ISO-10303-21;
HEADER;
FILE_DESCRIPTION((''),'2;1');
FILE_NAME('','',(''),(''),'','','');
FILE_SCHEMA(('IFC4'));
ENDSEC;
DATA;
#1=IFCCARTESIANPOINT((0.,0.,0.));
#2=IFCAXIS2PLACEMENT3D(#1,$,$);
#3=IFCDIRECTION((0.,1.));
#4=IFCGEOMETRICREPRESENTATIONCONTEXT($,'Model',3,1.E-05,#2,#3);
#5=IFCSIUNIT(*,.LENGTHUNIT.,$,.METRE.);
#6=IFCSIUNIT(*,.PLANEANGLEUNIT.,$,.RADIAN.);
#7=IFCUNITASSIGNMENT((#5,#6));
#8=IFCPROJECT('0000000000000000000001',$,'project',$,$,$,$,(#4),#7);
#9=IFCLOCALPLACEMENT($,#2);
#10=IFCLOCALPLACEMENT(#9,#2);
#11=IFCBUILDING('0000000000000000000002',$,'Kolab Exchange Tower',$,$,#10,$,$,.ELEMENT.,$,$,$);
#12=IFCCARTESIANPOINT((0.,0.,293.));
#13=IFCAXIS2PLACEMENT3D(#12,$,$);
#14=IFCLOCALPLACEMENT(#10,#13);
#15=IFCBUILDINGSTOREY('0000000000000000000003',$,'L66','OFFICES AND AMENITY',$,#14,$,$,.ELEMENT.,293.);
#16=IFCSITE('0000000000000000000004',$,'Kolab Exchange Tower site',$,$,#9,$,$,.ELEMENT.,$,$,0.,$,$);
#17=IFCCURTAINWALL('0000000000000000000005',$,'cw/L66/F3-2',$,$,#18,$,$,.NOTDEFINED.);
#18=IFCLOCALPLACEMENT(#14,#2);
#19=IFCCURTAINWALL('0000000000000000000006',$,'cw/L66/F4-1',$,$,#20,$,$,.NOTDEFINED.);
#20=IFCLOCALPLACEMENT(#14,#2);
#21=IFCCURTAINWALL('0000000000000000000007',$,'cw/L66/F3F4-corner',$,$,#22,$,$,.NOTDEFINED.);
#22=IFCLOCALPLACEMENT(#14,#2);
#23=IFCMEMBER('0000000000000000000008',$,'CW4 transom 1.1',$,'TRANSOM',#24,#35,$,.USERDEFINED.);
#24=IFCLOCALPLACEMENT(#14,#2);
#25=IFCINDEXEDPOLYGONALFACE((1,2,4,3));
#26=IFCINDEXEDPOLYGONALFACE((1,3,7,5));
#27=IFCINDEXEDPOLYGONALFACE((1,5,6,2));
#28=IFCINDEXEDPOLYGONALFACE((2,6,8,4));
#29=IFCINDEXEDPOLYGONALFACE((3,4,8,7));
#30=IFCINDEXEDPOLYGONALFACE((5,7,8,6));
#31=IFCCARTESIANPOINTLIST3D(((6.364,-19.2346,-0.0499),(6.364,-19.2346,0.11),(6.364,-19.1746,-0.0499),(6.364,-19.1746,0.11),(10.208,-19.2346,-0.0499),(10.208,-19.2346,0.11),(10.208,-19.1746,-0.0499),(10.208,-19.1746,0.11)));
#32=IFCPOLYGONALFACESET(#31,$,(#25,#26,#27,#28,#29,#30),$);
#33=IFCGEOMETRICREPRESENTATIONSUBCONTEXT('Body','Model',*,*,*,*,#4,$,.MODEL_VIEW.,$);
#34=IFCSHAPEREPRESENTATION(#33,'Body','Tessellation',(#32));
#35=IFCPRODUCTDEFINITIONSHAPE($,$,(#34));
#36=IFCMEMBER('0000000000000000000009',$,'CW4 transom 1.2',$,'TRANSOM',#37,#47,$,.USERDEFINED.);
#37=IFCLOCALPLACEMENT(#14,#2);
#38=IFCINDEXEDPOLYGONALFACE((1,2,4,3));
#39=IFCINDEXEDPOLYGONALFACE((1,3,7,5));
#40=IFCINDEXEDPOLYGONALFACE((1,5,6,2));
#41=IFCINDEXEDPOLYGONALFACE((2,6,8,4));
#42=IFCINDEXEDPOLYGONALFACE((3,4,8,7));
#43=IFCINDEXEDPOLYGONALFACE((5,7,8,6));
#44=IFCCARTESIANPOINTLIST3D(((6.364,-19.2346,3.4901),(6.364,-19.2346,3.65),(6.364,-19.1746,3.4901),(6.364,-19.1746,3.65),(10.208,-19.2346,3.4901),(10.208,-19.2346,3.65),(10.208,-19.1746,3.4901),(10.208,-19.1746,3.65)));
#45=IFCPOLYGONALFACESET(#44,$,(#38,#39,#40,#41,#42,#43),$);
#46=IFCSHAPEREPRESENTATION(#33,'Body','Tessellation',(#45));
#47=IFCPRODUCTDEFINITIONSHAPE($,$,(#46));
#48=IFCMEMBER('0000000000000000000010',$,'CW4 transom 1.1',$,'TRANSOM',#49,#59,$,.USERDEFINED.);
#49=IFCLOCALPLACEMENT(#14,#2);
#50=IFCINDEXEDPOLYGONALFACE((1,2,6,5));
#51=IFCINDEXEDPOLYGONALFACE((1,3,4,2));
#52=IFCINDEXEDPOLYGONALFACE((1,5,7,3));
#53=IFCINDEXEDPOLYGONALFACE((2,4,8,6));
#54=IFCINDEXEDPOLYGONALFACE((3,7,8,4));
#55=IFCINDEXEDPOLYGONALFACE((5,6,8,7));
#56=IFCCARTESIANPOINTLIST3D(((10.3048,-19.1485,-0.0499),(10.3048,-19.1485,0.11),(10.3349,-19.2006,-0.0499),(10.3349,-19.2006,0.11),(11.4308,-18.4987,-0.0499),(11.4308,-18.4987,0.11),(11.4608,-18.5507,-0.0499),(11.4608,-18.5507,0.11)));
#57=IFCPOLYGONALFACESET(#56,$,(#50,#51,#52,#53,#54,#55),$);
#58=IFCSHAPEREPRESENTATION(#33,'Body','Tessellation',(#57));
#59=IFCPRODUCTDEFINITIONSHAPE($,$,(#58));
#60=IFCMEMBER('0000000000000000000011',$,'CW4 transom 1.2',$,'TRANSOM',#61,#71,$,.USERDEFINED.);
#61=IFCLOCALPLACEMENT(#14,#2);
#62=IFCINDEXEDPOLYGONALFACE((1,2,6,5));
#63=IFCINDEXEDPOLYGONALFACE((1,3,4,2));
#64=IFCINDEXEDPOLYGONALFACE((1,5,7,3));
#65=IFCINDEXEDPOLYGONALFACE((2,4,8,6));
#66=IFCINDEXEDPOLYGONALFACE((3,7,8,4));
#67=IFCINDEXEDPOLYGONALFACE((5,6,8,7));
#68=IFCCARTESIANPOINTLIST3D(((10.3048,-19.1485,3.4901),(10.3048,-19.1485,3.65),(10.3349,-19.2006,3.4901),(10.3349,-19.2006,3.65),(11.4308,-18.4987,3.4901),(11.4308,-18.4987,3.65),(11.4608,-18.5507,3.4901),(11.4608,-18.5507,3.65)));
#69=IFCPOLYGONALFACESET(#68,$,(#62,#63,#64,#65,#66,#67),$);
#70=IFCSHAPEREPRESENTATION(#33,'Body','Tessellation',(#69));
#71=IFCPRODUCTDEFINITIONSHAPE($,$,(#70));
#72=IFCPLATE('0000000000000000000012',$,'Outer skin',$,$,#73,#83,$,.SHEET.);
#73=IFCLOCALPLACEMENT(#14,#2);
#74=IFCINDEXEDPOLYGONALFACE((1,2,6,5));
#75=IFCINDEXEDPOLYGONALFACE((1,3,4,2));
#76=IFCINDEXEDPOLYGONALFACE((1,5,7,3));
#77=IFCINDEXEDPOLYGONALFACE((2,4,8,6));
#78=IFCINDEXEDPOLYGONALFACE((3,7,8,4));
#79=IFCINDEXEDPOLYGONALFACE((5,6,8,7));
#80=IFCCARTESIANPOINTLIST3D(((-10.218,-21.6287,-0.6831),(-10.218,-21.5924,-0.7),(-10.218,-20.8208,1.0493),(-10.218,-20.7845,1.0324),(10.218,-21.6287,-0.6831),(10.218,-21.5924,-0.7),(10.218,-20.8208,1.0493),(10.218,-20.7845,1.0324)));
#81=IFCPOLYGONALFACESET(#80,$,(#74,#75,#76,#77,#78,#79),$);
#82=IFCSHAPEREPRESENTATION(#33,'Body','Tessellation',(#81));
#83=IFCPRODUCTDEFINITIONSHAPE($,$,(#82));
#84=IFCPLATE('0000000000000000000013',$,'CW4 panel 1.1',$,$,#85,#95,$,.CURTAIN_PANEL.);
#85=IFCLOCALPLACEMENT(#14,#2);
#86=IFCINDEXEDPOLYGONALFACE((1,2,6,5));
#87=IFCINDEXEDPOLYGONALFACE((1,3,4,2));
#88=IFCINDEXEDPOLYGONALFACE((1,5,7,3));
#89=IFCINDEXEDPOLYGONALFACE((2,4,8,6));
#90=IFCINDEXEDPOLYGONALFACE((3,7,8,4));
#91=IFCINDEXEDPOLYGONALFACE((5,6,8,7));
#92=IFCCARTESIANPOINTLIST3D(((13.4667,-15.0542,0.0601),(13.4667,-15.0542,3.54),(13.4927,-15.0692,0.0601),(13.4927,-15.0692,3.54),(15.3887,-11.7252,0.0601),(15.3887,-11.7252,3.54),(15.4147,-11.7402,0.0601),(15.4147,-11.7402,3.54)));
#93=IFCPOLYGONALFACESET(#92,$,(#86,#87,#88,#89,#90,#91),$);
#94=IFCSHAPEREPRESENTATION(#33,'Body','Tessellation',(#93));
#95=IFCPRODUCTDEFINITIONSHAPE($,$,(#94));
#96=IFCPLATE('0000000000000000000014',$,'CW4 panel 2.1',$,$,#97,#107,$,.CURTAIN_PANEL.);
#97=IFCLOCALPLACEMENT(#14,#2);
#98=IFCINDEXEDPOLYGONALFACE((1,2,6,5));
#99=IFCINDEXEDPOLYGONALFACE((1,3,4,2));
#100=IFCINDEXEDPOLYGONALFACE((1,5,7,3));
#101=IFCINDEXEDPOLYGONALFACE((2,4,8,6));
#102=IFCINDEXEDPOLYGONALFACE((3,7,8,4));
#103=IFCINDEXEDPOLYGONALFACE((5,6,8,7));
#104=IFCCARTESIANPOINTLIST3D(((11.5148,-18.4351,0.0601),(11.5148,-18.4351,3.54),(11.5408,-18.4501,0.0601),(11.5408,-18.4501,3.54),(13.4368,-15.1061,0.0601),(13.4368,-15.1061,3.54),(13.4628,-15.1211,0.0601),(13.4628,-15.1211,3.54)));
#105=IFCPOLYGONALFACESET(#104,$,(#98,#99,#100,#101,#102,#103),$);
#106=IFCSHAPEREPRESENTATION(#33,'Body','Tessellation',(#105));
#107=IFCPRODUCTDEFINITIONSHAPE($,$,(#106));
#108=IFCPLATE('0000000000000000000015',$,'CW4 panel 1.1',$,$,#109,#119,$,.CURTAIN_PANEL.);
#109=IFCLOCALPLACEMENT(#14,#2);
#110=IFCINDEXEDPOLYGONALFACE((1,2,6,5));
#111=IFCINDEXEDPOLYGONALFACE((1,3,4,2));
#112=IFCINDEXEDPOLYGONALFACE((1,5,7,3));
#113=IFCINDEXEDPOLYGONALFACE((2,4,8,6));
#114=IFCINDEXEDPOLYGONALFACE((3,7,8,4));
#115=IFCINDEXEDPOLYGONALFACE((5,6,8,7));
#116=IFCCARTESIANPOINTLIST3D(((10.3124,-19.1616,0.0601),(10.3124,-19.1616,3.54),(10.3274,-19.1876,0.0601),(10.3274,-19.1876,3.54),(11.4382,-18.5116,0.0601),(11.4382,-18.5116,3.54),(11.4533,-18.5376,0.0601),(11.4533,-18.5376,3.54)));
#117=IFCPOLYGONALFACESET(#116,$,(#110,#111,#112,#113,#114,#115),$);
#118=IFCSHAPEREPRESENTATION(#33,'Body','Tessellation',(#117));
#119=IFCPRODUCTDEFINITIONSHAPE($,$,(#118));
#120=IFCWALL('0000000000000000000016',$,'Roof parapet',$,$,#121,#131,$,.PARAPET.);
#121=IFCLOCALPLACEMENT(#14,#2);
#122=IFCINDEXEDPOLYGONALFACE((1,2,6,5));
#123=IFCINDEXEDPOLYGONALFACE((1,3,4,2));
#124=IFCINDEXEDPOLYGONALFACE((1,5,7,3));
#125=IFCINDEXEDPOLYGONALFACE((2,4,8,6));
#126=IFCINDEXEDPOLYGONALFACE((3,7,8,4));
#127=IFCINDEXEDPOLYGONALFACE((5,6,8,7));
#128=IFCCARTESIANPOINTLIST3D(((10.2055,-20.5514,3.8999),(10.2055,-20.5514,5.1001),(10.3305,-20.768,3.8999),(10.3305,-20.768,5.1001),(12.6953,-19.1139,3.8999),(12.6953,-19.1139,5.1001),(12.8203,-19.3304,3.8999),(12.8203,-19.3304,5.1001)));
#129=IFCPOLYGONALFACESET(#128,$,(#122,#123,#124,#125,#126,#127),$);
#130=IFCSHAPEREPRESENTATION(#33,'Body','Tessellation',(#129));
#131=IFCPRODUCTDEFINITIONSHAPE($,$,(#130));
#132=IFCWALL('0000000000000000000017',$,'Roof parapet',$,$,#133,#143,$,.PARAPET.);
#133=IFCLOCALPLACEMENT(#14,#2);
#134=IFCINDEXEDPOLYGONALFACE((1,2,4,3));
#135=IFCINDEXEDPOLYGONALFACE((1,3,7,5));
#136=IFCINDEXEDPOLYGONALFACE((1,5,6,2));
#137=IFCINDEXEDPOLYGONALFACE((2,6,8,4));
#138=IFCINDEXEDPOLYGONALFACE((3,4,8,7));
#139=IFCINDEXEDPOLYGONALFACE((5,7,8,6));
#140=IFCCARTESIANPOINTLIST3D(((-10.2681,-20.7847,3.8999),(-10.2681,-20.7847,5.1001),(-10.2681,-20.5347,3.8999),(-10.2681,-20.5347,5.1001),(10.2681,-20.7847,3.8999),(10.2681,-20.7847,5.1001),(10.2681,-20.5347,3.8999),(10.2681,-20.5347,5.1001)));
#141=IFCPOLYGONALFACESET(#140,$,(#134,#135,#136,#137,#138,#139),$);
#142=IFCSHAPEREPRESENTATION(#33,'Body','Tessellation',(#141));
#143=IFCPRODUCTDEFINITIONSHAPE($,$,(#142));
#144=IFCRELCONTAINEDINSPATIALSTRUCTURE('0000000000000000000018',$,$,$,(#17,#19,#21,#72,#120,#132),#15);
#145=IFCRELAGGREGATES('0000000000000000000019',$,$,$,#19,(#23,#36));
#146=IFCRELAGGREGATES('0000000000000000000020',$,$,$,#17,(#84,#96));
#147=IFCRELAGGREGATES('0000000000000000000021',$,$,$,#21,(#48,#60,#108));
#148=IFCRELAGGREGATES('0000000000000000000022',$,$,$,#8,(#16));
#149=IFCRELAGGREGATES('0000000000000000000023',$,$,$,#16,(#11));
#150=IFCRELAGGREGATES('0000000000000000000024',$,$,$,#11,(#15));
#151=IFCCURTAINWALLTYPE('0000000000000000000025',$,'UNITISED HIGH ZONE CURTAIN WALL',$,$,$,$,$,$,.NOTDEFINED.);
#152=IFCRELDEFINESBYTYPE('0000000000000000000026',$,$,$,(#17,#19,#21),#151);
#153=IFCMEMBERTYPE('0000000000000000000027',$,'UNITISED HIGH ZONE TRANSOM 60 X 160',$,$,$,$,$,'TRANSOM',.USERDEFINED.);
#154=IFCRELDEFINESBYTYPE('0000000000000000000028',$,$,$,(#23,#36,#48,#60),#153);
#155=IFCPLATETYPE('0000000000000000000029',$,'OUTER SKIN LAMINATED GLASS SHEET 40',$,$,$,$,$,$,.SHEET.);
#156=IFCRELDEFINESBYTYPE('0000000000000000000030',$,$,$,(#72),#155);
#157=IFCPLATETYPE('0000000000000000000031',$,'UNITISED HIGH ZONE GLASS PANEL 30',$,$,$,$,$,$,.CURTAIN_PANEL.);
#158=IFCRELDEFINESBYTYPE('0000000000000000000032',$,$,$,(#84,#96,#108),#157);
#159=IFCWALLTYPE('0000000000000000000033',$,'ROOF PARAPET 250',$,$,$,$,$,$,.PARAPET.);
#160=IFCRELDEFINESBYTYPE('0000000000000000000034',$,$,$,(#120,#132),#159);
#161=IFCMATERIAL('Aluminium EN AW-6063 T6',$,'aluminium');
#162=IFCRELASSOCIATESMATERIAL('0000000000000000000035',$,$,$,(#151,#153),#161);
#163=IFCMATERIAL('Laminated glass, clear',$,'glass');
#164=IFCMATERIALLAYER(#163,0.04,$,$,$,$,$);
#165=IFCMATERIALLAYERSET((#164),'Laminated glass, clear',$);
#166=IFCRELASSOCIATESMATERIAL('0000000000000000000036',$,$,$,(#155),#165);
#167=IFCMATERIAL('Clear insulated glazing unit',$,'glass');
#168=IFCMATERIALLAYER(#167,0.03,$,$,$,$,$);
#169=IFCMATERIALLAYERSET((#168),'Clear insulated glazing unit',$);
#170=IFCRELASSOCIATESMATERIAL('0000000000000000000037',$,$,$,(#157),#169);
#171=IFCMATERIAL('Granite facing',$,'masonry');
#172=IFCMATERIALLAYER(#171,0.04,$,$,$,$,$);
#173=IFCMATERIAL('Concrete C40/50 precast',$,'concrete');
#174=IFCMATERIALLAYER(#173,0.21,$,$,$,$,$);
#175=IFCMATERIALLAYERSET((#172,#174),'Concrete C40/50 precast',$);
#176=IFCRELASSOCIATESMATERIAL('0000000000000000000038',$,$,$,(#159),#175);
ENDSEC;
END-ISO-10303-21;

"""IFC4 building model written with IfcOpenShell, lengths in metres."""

from ifc_helpers import new_model, si_unit, direction, frame, frame_2d, origin, origin_2d, place, context, subcontext, project, spatial, polyline, rectangle, outline, extrude, material, layer, layer_set, material_profile, profile_set, type_object, element, aggregate, save


model = new_model("IFC4")

# Units and contexts
model_context = context("Model", 3, precision=1e-05, world=origin(), true_north=direction((0.0, 1.0)))
body_context = subcontext(model_context, "Body", "Model", "MODEL_VIEW")
ifc_project = project(units=[si_unit("LENGTHUNIT", "METRE"), si_unit("PLANEANGLEUNIT", "RADIAN")], contexts=[model_context])

# Site, building, storey
site_placement = place(None, origin())
site = spatial("IfcSite", under=ifc_project, at=site_placement, Name="Kolab Exchange Tower site", CompositionType="ELEMENT", RefElevation=0.0)
building_placement = place(site_placement, origin())
building = spatial("IfcBuilding", under=site, at=building_placement, Name="Kolab Exchange Tower", CompositionType="ELEMENT")
storey_placement = place(building_placement, frame((0.0, 0.0, 293.0)))
storey = spatial("IfcBuildingStorey", under=building, at=storey_placement, Name="L66", Description="OFFICES AND AMENITY", CompositionType="ELEMENT", Elevation=293.0)

# Curtain wall
ifc_material_1 = material(Name="Aluminium EN AW-6063 T6", Category="aluminium")
curtain_wall_type = type_object("IfcCurtainWallType", Name="UNITISED HIGH ZONE CURTAIN WALL", PredefinedType="NOTDEFINED", material=ifc_material_1)
curtain_wall_1_placement = place(storey_placement, origin())
curtain_wall_1 = element("IfcCurtainWall", 1, at=curtain_wall_1_placement, inside=storey, type_object=curtain_wall_type, Name="cw/L66/F3-2", PredefinedType="NOTDEFINED")

# Curtain wall
curtain_wall_2_placement = place(storey_placement, origin())
curtain_wall_2 = element("IfcCurtainWall", 2, at=curtain_wall_2_placement, inside=storey, type_object=curtain_wall_type, Name="cw/L66/F4-1", PredefinedType="NOTDEFINED")

# Curtain wall
curtain_wall_3_placement = place(storey_placement, origin())
curtain_wall_3 = element("IfcCurtainWall", 3, at=curtain_wall_3_placement, inside=storey, type_object=curtain_wall_type, Name="cw/L66/F3F4-corner", PredefinedType="NOTDEFINED")

# Members
ifc_material_profile_1 = material_profile(ifc_material_1, rectangle(XDim=0.0601, YDim=0.1599, at=origin_2d()), Name="RECT 60X160")
ifc_profile_set_1 = profile_set([ifc_material_profile_1], Name="Aluminium EN AW-6063 T6")
member_type_1 = type_object("IfcMemberType", Name="UNITISED HIGH ZONE TRANSOM 60 X 160", ElementType="TRANSOM", PredefinedType="USERDEFINED", material=ifc_profile_set_1)
member_1_placement = place(storey_placement, frame((10.208, -19.2046, 0.03), z_axis=(-1.0, 0.0, 0.0), x_axis=(0.0, -1.0, 0.0)))
member_1 = element("IfcMember", 4, at=member_1_placement, type_object=member_type_1, Name="CW4 transom 1.1", ObjectType="TRANSOM", PredefinedType="USERDEFINED", context=body_context, shape_type="SweptSolid", body=[
    extrude(rectangle(XDim=0.0601, YDim=0.1599, at=origin_2d()), origin(), (0.0, 0.0, 1.0), 3.844),
])
member_2_placement = place(storey_placement, frame((10.208, -19.2046, 3.5701), z_axis=(-1.0, 0.0, 0.0), x_axis=(0.0, -1.0, 0.0)))
member_2 = element("IfcMember", 5, at=member_2_placement, type_object=member_type_1, Name="CW4 transom 1.2", ObjectType="TRANSOM", PredefinedType="USERDEFINED", context=body_context, shape_type="SweptSolid", body=[
    extrude(rectangle(XDim=0.0601, YDim=0.1599, at=origin_2d()), origin(), (0.0, 0.0, 1.0), 3.844),
])
aggregate(curtain_wall_2, [member_1, member_2])
member_3_placement = place(storey_placement, frame((11.4458, -18.5247, 0.03), z_axis=(-0.866086, -0.499896, 0.0), x_axis=(0.499896, -0.866086, 0.0)))
member_3 = element("IfcMember", 6, at=member_3_placement, type_object=member_type_1, Name="CW4 transom 1.1", ObjectType="TRANSOM", PredefinedType="USERDEFINED", context=body_context, shape_type="SweptSolid", body=[
    extrude(rectangle(XDim=0.0601, YDim=0.1599, at=origin_2d()), origin(), (0.0, 0.0, 1.0), 1.3),
])
member_4_placement = place(storey_placement, frame((11.4458, -18.5247, 3.5701), z_axis=(-0.866086, -0.499896, 0.0), x_axis=(0.499896, -0.866086, 0.0)))
member_4 = element("IfcMember", 7, at=member_4_placement, type_object=member_type_1, Name="CW4 transom 1.2", ObjectType="TRANSOM", PredefinedType="USERDEFINED", context=body_context, shape_type="SweptSolid", body=[
    extrude(rectangle(XDim=0.0601, YDim=0.1599, at=origin_2d()), origin(), (0.0, 0.0, 1.0), 1.3),
])

# Plates
ifc_material_2 = material(Name="Laminated glass, clear", Category="glass")
ifc_layer_1 = layer(ifc_material_2, 0.04)
ifc_layer_set_1 = layer_set([ifc_layer_1], Name="Laminated glass, clear")
plate_type_1 = type_object("IfcPlateType", Name="OUTER SKIN LAMINATED GLASS SHEET 40", PredefinedType="SHEET", material=ifc_layer_set_1)
plate_1_placement = place(storey_placement, frame((10.218, -21.6287, -0.6831), z_axis=(0.0, -0.906304, 0.422627), x_axis=(-1.0, 0.0, 0.0)))
element("IfcPlate", 8, at=plate_1_placement, inside=storey, type_object=plate_type_1, Name="Outer skin", PredefinedType="SHEET", context=body_context, shape_type="SweptSolid", body=[
    extrude(outline(polyline([(0.0, 0.0), (20.436, 0.0), (20.436, -1.9115), (0.0, -1.9115), (0.0, 0.0)])), origin(), (0.0, 0.0, -1.0), 0.04),
])
ifc_material_3 = material(Name="Clear insulated glazing unit", Category="glass")
ifc_layer_2 = layer(ifc_material_3, 0.03)
ifc_layer_set_2 = layer_set([ifc_layer_2], Name="Clear insulated glazing unit")
plate_type_2 = type_object("IfcPlateType", Name="UNITISED HIGH ZONE GLASS PANEL 30", PredefinedType="CURTAIN_PANEL", material=ifc_layer_set_2)
plate_2_placement = place(storey_placement, frame((14.4407, -13.3972, 0.0601), z_axis=(0.0, 0.0, 1.0), x_axis=(-0.5, -0.866025, 0.0)))
plate_2 = element("IfcPlate", 9, at=plate_2_placement, type_object=plate_type_2, Name="CW4 panel 1.1", PredefinedType="CURTAIN_PANEL", context=body_context, shape_type="SweptSolid", body=[
    extrude(rectangle(XDim=3.844, YDim=0.03, at=origin_2d()), origin(), (0.0, 0.0, 1.0), 3.48),
])
plate_3_placement = place(storey_placement, frame((12.4888, -16.7781, 0.0601), z_axis=(0.0, 0.0, 1.0), x_axis=(-0.5, -0.866025, 0.0)))
plate_3 = element("IfcPlate", 10, at=plate_3_placement, type_object=plate_type_2, Name="CW4 panel 2.1", PredefinedType="CURTAIN_PANEL", context=body_context, shape_type="SweptSolid", body=[
    extrude(rectangle(XDim=3.844, YDim=0.03, at=origin_2d()), origin(), (0.0, 0.0, 1.0), 3.48),
])
aggregate(curtain_wall_1, [plate_2, plate_3])
plate_4_placement = place(storey_placement, frame((10.8828, -18.8496, 0.0601), z_axis=(0.0, 0.0, 1.0), x_axis=(-0.866025, -0.5, 0.0)))
plate_4 = element("IfcPlate", 11, at=plate_4_placement, type_object=plate_type_2, Name="CW4 panel 1.1", PredefinedType="CURTAIN_PANEL", context=body_context, shape_type="SweptSolid", body=[
    extrude(rectangle(XDim=1.3, YDim=0.03, at=origin_2d()), origin(), (0.0, 0.0, 1.0), 3.48),
])
aggregate(curtain_wall_3, [member_3, member_4, plate_4])

# Walls
ifc_material_4 = material(Name="Granite facing", Category="masonry")
ifc_layer_3 = layer(ifc_material_4, 0.04)
ifc_material_5 = material(Name="Concrete C40/50 precast", Category="concrete")
ifc_layer_4 = layer(ifc_material_5, 0.21)
ifc_layer_set_3 = layer_set([ifc_layer_3, ifc_layer_4], Name="Concrete C40/50 precast")
wall_type = type_object("IfcWallType", Name="ROOF PARAPET 250", PredefinedType="PARAPET", material=ifc_layer_set_3)
wall_1_placement = place(storey_placement, frame((12.7578, -19.2222, 3.8999), z_axis=(0.0, 0.0, 1.0), x_axis=(-0.866019, -0.500012, 0.0)))
element("IfcWall", 12, at=wall_1_placement, inside=storey, type_object=wall_type, Name="Roof parapet", PredefinedType="PARAPET", context=body_context, shape_type="SweptSolid", body=[
    extrude(rectangle(XDim=2.875, YDim=0.25, at=frame_2d((1.4375, 0.0))), origin(), (0.0, 0.0, 1.0), 1.2002),
])
wall_2_placement = place(storey_placement, frame((10.2681, -20.6597, 3.8999), z_axis=(0.0, 0.0, 1.0), x_axis=(-1.0, 0.0, 0.0)))
element("IfcWall", 13, at=wall_2_placement, inside=storey, type_object=wall_type, Name="Roof parapet", PredefinedType="PARAPET", context=body_context, shape_type="SweptSolid", body=[
    extrude(rectangle(XDim=20.5361, YDim=0.25, at=frame_2d((10.2681, 0.0))), origin(), (0.0, 0.0, 1.0), 1.2002),
])

save(model, "model.ifc")
